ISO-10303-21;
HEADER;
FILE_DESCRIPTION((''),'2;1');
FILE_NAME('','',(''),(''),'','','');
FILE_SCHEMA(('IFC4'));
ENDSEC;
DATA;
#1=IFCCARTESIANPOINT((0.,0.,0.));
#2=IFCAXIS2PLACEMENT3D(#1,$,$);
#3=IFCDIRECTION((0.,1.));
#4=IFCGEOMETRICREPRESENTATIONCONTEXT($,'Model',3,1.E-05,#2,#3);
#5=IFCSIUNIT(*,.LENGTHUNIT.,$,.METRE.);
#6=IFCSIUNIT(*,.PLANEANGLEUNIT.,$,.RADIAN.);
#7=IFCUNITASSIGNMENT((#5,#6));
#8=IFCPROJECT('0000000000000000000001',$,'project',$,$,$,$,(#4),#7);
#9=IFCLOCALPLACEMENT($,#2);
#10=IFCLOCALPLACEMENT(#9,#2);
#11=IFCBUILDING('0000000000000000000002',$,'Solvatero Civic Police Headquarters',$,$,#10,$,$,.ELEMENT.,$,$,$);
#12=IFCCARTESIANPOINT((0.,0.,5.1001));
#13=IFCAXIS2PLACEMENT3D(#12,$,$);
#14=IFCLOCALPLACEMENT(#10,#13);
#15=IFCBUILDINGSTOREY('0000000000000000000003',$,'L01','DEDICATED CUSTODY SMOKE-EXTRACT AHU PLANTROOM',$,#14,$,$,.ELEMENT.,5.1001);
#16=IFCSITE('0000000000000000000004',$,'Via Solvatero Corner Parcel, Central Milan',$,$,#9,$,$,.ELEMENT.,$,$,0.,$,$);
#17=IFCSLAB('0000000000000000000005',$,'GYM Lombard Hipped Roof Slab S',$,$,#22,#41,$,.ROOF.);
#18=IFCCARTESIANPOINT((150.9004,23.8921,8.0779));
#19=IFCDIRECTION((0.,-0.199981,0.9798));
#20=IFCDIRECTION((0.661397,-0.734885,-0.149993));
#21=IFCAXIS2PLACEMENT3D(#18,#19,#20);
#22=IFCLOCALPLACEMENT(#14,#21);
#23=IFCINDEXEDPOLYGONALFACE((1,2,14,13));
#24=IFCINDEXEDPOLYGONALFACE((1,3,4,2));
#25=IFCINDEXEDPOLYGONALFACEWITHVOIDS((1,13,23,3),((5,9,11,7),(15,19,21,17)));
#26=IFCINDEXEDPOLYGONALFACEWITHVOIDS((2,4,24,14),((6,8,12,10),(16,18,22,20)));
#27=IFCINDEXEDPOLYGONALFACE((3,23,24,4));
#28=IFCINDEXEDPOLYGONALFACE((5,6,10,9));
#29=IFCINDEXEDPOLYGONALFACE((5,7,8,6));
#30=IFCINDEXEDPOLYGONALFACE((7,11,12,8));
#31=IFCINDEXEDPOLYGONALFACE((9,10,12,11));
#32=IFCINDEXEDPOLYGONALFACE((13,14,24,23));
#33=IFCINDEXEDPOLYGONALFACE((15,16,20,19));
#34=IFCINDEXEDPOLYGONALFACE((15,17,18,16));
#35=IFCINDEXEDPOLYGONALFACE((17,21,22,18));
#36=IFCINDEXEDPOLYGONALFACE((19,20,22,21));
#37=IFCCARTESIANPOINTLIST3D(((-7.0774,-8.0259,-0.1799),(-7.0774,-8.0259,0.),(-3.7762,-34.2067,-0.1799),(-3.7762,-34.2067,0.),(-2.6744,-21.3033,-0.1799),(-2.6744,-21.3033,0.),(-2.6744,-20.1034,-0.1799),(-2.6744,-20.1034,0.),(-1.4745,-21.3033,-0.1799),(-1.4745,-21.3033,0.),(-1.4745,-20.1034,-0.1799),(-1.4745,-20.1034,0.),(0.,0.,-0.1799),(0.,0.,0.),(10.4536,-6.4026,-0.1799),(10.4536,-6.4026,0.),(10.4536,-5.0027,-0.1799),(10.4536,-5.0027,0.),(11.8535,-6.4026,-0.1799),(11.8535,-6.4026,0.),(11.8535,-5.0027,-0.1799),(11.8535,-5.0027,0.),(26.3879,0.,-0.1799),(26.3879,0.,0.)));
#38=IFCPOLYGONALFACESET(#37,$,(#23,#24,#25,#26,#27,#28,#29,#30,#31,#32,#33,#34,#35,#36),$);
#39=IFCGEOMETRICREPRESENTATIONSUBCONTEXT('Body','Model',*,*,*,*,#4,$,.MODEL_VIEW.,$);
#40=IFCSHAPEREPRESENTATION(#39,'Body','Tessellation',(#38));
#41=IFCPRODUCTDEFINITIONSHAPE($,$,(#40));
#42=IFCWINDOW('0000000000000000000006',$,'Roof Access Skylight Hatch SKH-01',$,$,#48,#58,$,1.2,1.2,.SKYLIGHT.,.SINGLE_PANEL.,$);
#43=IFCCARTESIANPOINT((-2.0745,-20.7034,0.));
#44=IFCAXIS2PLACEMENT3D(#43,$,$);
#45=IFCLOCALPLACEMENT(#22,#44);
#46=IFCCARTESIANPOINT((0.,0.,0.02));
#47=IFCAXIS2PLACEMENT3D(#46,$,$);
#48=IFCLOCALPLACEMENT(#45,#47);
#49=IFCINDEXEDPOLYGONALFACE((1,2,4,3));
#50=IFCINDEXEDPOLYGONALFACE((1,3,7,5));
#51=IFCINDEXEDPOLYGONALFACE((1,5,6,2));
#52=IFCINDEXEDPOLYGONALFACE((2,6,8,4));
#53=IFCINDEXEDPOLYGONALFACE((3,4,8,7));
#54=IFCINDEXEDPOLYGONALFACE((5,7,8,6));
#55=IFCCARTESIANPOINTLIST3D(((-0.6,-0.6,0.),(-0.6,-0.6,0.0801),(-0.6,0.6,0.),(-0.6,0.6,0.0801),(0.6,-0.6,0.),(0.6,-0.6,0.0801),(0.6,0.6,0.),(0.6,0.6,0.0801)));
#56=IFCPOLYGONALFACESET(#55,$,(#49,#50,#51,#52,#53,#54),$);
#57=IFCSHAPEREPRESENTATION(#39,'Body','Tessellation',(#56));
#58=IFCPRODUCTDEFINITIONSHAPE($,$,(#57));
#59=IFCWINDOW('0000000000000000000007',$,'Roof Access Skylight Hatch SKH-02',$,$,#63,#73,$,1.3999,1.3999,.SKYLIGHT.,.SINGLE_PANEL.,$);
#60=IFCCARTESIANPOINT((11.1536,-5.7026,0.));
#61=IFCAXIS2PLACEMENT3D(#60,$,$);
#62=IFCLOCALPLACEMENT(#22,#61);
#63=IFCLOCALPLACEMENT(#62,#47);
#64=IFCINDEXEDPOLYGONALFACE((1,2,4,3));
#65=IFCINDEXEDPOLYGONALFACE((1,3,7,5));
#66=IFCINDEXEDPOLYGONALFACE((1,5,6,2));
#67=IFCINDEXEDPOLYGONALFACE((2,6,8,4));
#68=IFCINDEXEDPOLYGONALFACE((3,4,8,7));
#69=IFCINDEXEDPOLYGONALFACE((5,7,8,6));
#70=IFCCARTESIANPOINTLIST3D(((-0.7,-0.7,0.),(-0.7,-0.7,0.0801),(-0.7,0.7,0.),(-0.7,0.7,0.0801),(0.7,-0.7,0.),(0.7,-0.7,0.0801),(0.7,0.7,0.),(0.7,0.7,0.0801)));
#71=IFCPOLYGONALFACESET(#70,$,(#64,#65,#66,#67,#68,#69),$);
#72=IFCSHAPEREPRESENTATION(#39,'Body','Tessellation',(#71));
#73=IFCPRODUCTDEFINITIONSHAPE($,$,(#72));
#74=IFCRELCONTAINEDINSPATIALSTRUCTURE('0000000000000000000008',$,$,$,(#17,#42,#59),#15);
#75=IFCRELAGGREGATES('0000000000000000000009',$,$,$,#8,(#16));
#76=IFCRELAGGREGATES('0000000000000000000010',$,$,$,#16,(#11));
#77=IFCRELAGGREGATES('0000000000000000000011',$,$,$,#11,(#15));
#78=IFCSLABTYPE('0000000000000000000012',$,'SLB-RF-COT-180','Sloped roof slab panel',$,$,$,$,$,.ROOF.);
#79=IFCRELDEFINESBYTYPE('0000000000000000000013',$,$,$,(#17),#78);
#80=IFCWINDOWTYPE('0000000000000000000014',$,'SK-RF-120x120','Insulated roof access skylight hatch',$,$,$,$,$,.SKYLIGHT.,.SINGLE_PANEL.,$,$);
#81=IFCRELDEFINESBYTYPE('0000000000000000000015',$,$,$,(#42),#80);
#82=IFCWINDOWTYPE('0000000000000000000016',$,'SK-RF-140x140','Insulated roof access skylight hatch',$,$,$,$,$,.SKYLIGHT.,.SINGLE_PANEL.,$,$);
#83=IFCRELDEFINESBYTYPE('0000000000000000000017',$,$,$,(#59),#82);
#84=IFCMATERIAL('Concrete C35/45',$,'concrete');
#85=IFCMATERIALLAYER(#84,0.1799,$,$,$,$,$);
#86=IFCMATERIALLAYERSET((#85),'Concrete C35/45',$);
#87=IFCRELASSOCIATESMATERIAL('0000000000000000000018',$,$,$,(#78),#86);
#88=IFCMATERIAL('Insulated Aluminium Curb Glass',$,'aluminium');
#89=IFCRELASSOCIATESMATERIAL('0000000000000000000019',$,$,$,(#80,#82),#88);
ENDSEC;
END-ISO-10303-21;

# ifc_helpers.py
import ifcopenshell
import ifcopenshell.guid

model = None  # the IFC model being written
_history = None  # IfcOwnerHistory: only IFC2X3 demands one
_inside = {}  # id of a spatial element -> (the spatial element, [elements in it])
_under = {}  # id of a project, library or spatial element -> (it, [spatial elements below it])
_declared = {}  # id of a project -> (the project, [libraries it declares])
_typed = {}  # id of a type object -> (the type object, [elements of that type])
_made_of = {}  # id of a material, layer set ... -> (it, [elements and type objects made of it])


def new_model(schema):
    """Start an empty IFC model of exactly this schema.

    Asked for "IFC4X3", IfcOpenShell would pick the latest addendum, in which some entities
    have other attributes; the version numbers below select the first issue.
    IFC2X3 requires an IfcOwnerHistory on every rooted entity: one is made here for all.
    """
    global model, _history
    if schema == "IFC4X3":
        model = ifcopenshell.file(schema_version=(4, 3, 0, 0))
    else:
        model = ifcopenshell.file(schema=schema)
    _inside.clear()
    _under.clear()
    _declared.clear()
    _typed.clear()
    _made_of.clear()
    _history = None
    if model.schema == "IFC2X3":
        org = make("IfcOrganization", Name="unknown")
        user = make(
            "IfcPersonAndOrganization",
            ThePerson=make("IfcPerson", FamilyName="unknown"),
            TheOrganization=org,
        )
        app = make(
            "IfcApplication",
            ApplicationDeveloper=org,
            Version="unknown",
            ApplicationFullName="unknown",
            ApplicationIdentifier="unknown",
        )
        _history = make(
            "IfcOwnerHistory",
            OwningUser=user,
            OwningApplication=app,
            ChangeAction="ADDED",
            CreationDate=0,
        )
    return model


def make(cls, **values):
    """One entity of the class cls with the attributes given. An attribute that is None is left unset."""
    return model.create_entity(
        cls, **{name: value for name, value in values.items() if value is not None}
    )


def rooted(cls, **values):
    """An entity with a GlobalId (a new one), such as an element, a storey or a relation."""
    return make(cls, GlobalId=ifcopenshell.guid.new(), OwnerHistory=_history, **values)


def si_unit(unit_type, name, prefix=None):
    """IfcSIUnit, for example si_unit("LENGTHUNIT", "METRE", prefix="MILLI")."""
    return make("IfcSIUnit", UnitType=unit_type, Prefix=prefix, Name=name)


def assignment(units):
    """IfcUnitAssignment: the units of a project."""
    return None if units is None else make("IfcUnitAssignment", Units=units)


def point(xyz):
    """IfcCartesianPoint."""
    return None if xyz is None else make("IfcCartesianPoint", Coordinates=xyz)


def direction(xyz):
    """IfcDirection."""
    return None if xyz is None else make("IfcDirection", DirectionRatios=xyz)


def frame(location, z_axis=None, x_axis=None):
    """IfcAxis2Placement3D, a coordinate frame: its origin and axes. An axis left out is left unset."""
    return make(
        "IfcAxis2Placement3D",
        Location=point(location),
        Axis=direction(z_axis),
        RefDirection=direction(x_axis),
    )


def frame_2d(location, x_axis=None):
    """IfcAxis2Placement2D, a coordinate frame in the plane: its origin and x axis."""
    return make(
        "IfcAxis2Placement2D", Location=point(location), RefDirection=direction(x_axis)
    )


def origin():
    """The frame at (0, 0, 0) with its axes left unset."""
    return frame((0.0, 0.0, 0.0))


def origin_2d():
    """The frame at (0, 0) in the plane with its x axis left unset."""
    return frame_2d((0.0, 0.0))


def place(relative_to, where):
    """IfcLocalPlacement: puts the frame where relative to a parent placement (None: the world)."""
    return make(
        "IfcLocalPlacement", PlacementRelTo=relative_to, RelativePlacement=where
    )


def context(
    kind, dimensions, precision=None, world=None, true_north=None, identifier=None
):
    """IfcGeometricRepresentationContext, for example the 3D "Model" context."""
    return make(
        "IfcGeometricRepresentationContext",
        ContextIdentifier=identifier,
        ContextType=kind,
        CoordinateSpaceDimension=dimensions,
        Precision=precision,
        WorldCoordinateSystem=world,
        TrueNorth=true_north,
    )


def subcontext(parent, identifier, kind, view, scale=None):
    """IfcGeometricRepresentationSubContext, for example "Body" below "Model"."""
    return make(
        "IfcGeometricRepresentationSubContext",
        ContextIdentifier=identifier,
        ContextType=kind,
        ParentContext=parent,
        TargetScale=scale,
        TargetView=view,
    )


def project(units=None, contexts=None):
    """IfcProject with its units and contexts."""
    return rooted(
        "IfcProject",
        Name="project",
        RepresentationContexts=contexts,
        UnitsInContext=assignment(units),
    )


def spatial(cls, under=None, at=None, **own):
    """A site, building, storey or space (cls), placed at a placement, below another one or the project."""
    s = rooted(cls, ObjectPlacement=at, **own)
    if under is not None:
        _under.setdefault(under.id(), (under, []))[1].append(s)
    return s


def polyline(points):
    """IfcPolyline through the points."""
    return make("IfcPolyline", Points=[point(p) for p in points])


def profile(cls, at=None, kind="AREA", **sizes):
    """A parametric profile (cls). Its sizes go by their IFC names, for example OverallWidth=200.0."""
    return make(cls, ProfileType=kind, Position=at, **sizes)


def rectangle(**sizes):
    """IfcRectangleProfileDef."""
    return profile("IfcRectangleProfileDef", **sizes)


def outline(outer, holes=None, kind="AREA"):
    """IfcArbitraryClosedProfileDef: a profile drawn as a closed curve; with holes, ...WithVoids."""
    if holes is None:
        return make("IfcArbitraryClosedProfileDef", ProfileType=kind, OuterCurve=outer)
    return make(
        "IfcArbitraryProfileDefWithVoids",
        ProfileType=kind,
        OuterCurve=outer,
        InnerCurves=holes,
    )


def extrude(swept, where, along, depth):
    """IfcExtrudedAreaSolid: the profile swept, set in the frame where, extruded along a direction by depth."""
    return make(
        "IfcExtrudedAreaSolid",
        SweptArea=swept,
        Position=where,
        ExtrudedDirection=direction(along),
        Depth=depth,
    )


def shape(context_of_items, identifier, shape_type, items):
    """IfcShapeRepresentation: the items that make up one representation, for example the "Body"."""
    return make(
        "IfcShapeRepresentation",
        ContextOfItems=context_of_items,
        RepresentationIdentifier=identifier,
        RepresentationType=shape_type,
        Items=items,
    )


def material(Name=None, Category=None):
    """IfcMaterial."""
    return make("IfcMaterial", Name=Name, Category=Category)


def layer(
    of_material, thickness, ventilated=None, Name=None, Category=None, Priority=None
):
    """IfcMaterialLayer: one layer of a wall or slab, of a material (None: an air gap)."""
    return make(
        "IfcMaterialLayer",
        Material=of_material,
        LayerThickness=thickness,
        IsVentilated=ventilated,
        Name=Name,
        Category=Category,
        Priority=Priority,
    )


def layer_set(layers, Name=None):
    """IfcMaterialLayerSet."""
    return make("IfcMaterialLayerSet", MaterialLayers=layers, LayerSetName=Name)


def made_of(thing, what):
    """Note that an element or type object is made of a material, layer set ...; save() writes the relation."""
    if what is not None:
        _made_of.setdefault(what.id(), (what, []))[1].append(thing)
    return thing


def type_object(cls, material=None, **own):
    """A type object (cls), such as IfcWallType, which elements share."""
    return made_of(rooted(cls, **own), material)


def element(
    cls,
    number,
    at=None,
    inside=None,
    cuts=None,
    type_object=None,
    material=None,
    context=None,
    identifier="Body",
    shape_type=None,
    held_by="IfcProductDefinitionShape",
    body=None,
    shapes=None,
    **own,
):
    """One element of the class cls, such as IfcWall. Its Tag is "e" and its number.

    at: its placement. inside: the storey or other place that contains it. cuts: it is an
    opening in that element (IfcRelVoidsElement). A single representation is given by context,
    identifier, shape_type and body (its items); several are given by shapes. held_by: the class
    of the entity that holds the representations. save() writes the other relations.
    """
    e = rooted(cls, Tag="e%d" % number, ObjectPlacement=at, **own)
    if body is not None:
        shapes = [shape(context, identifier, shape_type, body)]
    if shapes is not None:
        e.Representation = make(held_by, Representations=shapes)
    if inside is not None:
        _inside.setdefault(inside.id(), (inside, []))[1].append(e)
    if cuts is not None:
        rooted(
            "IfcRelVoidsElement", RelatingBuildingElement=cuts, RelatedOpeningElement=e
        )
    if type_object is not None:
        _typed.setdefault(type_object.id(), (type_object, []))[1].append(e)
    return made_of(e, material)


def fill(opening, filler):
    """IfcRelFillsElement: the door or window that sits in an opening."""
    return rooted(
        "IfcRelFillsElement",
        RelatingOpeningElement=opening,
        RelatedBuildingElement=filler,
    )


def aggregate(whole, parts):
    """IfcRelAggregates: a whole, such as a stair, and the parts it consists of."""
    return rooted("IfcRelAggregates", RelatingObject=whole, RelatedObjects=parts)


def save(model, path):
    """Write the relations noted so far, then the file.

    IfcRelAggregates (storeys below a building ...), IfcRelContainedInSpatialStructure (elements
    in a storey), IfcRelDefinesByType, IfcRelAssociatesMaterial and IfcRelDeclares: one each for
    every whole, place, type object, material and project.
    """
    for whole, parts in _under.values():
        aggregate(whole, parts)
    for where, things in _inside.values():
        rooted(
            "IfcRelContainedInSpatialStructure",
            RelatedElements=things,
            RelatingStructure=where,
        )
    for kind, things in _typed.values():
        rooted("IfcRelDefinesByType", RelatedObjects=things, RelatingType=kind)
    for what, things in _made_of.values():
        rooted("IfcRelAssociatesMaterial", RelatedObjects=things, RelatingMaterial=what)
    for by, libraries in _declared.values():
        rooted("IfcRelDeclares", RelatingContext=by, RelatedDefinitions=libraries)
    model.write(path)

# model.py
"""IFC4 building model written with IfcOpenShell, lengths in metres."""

from ifc_helpers import new_model, si_unit, direction, frame, origin, origin_2d, place, context, subcontext, project, spatial, polyline, rectangle, outline, extrude, material, layer, layer_set, type_object, element, fill, save


model = new_model("IFC4")

# Units and contexts
model_context = context("Model", 3, precision=1e-05, world=origin(), true_north=direction((0.0, 1.0)))
body_context = subcontext(model_context, "Body", "Model", "MODEL_VIEW")
ifc_project = project(units=[si_unit("LENGTHUNIT", "METRE"), si_unit("PLANEANGLEUNIT", "RADIAN")], contexts=[model_context])

# Site, building, storey
site_placement = place(None, origin())
site = spatial("IfcSite", under=ifc_project, at=site_placement, Name="Via Solvatero Corner Parcel, Central Milan", CompositionType="ELEMENT", RefElevation=0.0)
building_placement = place(site_placement, origin())
building = spatial("IfcBuilding", under=site, at=building_placement, Name="Solvatero Civic Police Headquarters", CompositionType="ELEMENT")
storey_placement = place(building_placement, frame((0.0, 0.0, 5.1001)))
storey = spatial("IfcBuildingStorey", under=building, at=storey_placement, Name="L01", Description="DEDICATED CUSTODY SMOKE-EXTRACT AHU PLANTROOM", CompositionType="ELEMENT", Elevation=5.1001)

# Slab, openings, windows
ifc_material_1 = material(Name="Concrete C35/45", Category="concrete")
ifc_layer_1 = layer(ifc_material_1, 0.1799)
ifc_layer_set_1 = layer_set([ifc_layer_1], Name="Concrete C35/45")
slab_type = type_object("IfcSlabType", Name="SLB-RF-COT-180", Description="Sloped roof slab panel", PredefinedType="ROOF", material=ifc_layer_set_1)
slab_1_placement = place(storey_placement, frame((150.9004, 23.8921, 8.0779), z_axis=(0.0, -0.199981, 0.9798), x_axis=(0.661397, -0.734885, -0.149993)))
slab_1 = element("IfcSlab", 1, at=slab_1_placement, inside=storey, type_object=slab_type, Name="GYM Lombard Hipped Roof Slab S", PredefinedType="ROOF", context=body_context, shape_type="SweptSolid", body=[
    extrude(outline(polyline([(0.0, 0.0), (26.3879, 0.0), (-3.7762, -34.2067), (-7.0774, -8.0259), (0.0, 0.0)])), origin(), (0.0, 0.0, -1.0), 0.1799),
])
opening_1_placement = place(slab_1_placement, frame((-2.0745, -20.7034, 0.0)))
opening_1 = element("IfcOpeningElement", 2, at=opening_1_placement, cuts=slab_1, PredefinedType="OPENING", context=body_context, shape_type="SweptSolid", body=[
    extrude(rectangle(XDim=1.2, YDim=1.2, at=origin_2d()), frame((0.0, 0.0, -0.3)), (0.0, 0.0, 1.0), 0.5),
])
opening_2_placement = place(slab_1_placement, frame((11.1536, -5.7026, 0.0)))
opening_2 = element("IfcOpeningElement", 3, at=opening_2_placement, cuts=slab_1, PredefinedType="OPENING", context=body_context, shape_type="SweptSolid", body=[
    extrude(rectangle(XDim=1.3999, YDim=1.3999, at=origin_2d()), frame((0.0, 0.0, -0.3)), (0.0, 0.0, 1.0), 0.5),
])
ifc_material_2 = material(Name="Insulated Aluminium Curb Glass", Category="aluminium")
window_type_1 = type_object("IfcWindowType", Name="SK-RF-120x120", Description="Insulated roof access skylight hatch", PartitioningType="SINGLE_PANEL", PredefinedType="SKYLIGHT", material=ifc_material_2)
window_1_placement = place(opening_1_placement, frame((0.0, 0.0, 0.02)))
window_1 = element("IfcWindow", 4, at=window_1_placement, inside=storey, type_object=window_type_1, Name="Roof Access Skylight Hatch SKH-01", OverallHeight=1.2, OverallWidth=1.2, PartitioningType="SINGLE_PANEL", PredefinedType="SKYLIGHT", context=body_context, shape_type="SweptSolid", body=[
    extrude(rectangle(XDim=1.2, YDim=1.2, at=origin_2d()), origin(), (0.0, 0.0, 1.0), 0.0801),
])
fill(opening_1, window_1)
window_type_2 = type_object("IfcWindowType", Name="SK-RF-140x140", Description="Insulated roof access skylight hatch", PartitioningType="SINGLE_PANEL", PredefinedType="SKYLIGHT", material=ifc_material_2)
window_2_placement = place(opening_2_placement, frame((0.0, 0.0, 0.02)))
window_2 = element("IfcWindow", 5, at=window_2_placement, inside=storey, type_object=window_type_2, Name="Roof Access Skylight Hatch SKH-02", OverallHeight=1.3999, OverallWidth=1.3999, PartitioningType="SINGLE_PANEL", PredefinedType="SKYLIGHT", context=body_context, shape_type="SweptSolid", body=[
    extrude(rectangle(XDim=1.3999, YDim=1.3999, at=origin_2d()), origin(), (0.0, 0.0, 1.0), 0.0801),
])
fill(opening_2, window_2)

save(model, "model.ifc")
